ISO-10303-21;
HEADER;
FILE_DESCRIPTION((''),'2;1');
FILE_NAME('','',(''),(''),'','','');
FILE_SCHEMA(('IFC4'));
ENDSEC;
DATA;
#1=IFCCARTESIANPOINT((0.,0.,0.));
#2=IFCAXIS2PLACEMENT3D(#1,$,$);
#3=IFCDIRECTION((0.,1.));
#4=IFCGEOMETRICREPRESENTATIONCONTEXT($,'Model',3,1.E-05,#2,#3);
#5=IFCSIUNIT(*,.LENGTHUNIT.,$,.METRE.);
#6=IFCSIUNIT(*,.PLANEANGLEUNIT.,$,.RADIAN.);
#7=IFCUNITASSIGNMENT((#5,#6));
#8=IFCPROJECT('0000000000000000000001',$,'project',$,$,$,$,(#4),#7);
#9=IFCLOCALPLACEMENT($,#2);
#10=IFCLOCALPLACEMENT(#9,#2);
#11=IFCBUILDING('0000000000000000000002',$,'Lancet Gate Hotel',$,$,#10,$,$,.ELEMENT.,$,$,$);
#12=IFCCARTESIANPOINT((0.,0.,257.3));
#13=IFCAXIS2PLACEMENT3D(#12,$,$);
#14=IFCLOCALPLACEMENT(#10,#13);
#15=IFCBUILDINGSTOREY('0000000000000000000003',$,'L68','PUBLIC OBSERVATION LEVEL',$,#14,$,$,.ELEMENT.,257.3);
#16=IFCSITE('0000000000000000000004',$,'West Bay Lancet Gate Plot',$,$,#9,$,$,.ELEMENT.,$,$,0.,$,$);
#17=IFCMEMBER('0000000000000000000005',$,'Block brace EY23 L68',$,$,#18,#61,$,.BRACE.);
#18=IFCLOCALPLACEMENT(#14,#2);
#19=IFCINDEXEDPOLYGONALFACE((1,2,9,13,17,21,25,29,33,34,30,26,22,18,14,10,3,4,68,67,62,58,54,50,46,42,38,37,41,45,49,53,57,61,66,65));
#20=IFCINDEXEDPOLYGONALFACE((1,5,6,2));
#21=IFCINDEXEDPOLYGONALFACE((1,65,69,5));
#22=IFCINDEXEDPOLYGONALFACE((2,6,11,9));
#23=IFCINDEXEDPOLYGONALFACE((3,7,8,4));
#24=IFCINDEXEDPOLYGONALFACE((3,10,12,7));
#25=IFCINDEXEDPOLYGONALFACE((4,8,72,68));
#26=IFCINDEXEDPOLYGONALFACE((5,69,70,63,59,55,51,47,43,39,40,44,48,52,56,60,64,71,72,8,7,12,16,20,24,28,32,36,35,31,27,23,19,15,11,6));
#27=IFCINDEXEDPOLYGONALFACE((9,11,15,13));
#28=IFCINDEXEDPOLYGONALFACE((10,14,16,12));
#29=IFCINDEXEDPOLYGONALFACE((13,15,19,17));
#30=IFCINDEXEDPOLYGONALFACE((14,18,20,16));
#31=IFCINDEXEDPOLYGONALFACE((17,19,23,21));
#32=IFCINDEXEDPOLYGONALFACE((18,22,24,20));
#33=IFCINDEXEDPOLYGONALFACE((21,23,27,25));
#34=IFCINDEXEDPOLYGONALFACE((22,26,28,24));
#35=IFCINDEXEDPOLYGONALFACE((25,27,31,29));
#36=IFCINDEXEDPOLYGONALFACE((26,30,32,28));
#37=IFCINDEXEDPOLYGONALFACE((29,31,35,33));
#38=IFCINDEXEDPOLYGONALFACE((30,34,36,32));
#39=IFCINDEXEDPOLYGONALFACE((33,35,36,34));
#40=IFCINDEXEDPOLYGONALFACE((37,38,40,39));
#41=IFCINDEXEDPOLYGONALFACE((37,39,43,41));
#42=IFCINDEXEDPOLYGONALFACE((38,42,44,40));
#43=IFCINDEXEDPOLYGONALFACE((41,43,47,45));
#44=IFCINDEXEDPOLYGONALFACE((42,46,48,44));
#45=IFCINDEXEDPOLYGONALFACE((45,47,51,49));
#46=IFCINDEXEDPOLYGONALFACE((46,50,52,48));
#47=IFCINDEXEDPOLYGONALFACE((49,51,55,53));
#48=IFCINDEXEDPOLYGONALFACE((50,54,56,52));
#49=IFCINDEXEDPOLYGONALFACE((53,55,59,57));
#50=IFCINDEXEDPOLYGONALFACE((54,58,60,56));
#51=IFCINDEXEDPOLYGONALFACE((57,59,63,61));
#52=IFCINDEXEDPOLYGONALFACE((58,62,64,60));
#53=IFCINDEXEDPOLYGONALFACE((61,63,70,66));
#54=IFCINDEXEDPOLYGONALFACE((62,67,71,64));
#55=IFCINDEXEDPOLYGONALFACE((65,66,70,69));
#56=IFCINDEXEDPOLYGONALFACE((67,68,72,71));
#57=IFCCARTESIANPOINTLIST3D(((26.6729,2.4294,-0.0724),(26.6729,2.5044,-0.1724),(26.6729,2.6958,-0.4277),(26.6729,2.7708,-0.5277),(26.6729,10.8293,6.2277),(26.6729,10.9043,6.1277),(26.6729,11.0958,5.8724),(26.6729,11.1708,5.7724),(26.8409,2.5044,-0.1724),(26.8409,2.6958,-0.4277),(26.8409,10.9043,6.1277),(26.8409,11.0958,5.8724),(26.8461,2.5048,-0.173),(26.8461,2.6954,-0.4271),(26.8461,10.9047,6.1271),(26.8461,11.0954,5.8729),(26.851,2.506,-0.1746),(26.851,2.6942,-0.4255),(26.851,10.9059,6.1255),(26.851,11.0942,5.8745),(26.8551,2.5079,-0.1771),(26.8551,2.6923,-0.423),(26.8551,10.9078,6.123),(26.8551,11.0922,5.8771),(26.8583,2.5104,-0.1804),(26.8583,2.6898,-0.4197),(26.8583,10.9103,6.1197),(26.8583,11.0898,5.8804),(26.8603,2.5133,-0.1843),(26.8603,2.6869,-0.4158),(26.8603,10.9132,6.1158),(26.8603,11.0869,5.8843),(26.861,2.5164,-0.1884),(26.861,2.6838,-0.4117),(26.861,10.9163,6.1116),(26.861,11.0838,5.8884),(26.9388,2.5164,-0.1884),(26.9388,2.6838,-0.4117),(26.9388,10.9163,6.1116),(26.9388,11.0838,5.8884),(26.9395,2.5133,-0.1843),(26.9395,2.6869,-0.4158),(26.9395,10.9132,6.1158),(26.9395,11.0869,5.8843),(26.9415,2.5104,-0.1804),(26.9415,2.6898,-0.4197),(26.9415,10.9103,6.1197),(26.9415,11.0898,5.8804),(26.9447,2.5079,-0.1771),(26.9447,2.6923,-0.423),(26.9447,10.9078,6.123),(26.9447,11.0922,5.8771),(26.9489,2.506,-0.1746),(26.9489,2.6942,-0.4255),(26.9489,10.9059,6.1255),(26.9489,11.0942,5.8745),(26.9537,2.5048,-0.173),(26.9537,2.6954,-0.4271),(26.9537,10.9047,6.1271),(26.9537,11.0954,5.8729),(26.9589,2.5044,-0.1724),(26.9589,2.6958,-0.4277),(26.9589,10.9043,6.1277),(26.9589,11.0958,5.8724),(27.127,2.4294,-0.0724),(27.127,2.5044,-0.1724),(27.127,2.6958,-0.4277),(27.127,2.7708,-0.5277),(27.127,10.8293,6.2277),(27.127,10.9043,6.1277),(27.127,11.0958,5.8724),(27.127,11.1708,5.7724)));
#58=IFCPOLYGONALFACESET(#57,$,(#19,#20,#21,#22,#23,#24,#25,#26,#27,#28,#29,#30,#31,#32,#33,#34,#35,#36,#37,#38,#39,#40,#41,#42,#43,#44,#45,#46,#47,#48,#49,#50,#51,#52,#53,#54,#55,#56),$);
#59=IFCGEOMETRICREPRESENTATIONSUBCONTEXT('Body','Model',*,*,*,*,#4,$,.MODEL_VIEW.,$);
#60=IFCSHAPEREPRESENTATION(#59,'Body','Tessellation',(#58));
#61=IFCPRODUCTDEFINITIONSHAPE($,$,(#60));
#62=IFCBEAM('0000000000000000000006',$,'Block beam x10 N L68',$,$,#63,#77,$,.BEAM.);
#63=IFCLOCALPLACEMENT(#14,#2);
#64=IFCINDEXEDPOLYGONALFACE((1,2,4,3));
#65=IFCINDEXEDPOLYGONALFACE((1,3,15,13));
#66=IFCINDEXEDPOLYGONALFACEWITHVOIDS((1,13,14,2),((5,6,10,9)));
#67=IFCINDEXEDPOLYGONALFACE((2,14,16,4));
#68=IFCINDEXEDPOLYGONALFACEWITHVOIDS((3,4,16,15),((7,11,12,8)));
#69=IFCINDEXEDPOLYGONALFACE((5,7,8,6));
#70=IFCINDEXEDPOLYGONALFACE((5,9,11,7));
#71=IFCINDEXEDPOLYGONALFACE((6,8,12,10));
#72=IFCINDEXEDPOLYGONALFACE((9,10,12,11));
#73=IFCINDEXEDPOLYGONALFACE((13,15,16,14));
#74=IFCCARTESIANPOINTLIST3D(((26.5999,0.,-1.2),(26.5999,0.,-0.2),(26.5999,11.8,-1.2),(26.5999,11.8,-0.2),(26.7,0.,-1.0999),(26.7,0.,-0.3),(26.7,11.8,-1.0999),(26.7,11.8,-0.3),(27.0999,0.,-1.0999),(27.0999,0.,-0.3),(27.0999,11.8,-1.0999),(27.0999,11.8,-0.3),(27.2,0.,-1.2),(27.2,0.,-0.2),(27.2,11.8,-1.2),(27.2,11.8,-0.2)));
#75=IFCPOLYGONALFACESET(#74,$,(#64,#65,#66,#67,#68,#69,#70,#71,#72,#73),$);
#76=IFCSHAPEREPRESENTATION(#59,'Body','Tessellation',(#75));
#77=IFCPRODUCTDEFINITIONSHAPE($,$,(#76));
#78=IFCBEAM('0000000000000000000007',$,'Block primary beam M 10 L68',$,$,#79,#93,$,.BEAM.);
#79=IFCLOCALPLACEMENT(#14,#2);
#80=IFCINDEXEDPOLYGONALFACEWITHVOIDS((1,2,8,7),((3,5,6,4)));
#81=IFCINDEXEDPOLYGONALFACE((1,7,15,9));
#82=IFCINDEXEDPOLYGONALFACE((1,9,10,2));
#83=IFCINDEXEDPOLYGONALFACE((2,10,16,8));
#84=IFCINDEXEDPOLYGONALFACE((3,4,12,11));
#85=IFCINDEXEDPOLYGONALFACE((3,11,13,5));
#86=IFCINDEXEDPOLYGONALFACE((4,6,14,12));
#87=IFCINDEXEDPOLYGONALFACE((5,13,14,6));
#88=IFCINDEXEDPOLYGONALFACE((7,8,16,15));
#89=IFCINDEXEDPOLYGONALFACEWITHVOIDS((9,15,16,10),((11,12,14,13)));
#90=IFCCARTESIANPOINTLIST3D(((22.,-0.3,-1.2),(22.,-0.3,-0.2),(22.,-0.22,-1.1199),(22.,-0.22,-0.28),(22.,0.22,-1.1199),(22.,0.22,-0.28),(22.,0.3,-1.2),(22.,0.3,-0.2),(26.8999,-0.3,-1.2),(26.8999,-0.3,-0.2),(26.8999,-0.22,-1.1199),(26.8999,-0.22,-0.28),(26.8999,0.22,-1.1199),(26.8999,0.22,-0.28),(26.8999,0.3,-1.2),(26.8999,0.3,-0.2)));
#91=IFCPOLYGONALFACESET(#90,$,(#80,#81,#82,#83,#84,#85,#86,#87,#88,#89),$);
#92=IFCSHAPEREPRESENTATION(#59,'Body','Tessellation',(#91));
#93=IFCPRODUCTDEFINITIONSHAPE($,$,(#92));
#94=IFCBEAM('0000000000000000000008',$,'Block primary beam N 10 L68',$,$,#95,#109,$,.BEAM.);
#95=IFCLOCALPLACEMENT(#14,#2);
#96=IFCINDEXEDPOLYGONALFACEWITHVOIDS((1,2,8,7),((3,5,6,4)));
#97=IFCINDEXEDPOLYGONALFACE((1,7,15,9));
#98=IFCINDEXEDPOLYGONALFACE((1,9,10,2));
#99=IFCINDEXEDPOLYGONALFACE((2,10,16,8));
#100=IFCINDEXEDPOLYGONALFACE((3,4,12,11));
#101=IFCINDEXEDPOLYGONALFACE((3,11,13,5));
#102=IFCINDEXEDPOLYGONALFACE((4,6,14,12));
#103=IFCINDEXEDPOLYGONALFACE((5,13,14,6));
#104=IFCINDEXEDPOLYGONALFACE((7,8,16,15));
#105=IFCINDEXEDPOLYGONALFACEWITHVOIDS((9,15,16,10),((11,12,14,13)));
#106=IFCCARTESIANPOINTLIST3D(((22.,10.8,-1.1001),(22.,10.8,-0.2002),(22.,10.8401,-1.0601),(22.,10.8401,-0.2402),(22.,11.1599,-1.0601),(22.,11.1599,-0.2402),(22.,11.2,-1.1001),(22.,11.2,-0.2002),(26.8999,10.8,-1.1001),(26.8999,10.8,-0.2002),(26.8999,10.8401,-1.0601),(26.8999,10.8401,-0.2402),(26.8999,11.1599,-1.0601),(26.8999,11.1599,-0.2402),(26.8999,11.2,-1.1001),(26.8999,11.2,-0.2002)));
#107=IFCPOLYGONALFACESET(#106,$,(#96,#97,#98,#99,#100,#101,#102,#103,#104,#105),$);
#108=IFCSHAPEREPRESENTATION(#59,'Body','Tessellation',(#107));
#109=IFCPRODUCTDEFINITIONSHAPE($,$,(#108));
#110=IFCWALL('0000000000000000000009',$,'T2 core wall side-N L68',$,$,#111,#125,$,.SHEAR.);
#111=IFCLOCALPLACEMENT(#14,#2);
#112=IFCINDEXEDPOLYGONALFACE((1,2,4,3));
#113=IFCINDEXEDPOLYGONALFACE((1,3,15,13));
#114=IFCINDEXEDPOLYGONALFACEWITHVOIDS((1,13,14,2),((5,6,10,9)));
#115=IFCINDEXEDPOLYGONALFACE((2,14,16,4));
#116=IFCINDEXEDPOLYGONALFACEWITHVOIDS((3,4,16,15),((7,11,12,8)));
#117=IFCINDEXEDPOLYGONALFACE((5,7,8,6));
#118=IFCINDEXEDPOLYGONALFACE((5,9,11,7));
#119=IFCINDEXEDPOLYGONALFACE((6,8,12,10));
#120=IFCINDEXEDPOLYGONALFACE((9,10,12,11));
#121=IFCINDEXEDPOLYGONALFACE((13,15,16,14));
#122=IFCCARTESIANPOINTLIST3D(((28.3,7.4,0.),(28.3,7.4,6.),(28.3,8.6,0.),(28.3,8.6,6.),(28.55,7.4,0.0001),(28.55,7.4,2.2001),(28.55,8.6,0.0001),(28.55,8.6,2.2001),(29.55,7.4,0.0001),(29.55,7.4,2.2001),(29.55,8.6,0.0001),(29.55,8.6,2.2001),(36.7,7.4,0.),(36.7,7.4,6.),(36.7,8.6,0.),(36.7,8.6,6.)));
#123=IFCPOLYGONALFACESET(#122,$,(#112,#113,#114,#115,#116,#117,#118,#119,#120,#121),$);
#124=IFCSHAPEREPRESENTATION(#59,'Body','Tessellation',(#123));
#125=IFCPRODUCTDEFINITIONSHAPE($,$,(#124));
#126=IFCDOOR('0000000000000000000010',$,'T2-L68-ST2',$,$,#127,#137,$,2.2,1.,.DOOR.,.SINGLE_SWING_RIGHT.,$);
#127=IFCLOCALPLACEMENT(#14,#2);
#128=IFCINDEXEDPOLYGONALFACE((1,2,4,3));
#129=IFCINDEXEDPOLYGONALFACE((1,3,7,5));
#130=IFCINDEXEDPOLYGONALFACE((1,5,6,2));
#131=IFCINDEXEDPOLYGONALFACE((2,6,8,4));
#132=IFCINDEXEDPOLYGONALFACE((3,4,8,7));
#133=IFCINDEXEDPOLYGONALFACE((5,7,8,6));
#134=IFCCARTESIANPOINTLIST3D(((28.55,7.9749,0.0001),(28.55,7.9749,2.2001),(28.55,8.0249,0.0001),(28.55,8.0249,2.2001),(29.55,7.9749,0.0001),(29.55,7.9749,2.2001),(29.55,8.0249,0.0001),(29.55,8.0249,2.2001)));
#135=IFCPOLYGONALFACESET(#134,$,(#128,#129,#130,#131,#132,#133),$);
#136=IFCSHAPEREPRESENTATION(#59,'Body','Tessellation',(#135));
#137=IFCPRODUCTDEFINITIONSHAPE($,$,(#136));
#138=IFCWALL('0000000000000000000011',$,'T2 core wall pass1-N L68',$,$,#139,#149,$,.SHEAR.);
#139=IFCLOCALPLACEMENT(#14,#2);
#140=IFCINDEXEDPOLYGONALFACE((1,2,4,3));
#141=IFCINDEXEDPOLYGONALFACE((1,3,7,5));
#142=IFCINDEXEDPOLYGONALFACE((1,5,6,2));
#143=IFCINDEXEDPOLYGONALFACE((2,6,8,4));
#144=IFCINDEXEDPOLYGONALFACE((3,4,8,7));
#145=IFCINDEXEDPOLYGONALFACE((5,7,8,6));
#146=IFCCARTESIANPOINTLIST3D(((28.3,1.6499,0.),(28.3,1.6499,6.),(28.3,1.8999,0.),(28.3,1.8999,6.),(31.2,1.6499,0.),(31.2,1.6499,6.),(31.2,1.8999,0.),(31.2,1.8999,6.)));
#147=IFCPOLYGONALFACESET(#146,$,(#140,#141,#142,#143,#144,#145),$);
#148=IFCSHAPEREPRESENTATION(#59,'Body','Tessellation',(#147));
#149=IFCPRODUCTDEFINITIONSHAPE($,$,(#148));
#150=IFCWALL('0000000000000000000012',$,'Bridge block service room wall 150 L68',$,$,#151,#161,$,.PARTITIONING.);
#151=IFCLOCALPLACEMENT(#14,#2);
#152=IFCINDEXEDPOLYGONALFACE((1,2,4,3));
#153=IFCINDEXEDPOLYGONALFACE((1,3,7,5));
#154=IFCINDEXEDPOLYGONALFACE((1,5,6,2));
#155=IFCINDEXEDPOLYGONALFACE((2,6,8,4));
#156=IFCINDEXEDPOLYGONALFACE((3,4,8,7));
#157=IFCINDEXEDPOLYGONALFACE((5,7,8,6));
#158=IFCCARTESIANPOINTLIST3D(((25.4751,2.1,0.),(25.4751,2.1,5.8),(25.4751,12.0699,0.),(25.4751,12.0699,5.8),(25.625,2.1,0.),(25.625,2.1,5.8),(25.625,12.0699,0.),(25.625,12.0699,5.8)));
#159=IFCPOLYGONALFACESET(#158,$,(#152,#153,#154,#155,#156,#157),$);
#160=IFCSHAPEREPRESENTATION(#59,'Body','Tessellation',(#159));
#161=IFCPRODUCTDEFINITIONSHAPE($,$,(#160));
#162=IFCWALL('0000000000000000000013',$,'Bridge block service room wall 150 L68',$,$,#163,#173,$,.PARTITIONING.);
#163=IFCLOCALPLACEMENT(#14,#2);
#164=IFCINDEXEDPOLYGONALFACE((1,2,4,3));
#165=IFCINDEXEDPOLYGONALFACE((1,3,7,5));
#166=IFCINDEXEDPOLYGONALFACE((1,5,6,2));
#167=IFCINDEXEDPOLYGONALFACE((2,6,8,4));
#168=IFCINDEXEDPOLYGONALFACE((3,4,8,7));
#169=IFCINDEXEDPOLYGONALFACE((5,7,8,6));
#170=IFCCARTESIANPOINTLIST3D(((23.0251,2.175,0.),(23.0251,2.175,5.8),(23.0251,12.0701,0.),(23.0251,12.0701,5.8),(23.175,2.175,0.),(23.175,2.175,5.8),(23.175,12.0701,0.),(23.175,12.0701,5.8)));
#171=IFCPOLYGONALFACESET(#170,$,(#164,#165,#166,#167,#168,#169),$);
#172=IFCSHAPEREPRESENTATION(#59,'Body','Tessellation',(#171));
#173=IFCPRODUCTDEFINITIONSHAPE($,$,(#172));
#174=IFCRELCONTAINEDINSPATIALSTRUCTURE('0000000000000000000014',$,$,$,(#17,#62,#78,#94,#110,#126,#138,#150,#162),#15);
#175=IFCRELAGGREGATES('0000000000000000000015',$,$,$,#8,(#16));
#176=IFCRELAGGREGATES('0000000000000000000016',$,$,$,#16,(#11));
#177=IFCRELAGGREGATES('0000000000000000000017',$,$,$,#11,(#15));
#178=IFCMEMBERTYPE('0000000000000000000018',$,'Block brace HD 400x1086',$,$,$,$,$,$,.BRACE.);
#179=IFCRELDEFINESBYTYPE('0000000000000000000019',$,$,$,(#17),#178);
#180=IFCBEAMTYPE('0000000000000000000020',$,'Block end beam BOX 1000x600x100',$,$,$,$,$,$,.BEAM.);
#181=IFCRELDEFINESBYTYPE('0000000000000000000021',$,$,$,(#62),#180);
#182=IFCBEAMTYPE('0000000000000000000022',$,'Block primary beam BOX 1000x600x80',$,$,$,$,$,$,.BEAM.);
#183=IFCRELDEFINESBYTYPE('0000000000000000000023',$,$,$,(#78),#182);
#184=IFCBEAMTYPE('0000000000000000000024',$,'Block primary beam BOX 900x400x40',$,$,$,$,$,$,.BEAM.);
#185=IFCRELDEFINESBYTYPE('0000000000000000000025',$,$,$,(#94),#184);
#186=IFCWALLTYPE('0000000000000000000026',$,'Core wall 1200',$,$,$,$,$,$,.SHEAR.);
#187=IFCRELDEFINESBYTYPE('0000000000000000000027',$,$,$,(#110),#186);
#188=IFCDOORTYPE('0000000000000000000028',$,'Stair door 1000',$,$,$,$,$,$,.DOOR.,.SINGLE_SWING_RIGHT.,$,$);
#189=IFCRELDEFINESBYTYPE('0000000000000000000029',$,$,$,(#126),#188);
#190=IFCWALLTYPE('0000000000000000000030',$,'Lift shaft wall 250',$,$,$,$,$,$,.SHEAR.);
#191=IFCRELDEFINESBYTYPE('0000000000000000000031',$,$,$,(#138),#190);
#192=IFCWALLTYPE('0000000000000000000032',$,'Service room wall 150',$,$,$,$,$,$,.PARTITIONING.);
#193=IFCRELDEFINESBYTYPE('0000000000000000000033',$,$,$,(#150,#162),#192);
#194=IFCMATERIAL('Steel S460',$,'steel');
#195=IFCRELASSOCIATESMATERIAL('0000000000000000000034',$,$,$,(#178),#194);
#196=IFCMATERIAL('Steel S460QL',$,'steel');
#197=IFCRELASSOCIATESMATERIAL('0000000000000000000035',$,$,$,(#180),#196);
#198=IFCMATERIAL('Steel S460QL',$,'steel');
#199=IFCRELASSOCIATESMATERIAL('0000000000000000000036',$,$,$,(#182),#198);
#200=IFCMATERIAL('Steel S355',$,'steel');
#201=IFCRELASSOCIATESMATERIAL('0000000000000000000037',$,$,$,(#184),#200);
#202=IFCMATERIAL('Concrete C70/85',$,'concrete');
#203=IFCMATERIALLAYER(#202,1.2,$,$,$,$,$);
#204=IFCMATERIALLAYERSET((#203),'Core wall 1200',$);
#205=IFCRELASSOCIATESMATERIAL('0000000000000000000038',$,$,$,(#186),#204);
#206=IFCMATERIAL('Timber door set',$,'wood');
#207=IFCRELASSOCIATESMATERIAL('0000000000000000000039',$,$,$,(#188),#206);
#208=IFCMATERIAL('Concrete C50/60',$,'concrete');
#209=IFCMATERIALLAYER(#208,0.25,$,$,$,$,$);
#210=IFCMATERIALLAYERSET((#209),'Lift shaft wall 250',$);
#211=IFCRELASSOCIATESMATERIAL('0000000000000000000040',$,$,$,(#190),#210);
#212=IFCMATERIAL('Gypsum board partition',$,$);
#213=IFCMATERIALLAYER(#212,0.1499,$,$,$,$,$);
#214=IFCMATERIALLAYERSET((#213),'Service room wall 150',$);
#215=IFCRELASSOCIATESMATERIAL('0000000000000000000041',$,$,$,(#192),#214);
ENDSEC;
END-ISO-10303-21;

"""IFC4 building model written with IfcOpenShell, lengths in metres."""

from ifc_helpers import new_model, si_unit, direction, frame, frame_2d, origin, origin_2d, place, context, subcontext, project, spatial, rectangle, hollow_rectangle, i_section, extrude, material, layer, layer_set, material_profile, profile_set, type_object, element, fill, save


model = new_model("IFC4")

# Units and contexts
model_context = context("Model", 3, precision=1e-05, world=origin(), true_north=direction((0.0, 1.0)))
body_context = subcontext(model_context, "Body", "Model", "MODEL_VIEW")
ifc_project = project(units=[si_unit("LENGTHUNIT", "METRE"), si_unit("PLANEANGLEUNIT", "RADIAN")], contexts=[model_context])

# Site, building, storey
site_placement = place(None, origin())
site = spatial("IfcSite", under=ifc_project, at=site_placement, Name="West Bay Lancet Gate Plot", CompositionType="ELEMENT", RefElevation=0.0)
building_placement = place(site_placement, origin())
building = spatial("IfcBuilding", under=site, at=building_placement, Name="Lancet Gate Hotel", CompositionType="ELEMENT")
storey_placement = place(building_placement, frame((0.0, 0.0, 257.3)))
storey = spatial("IfcBuildingStorey", under=building, at=storey_placement, Name="L68", Description="PUBLIC OBSERVATION LEVEL", CompositionType="ELEMENT", Elevation=257.3)

# Member
ifc_material_1 = material(Name="Steel S460", Category="steel")
ifc_material_profile_1 = material_profile(ifc_material_1, i_section(OverallWidth=0.4541, OverallDepth=0.5691, WebThickness=0.0779, FlangeThickness=0.125, FilletRadius=0.02, at=origin_2d()), Name="HD 400x1086")
ifc_profile_set_1 = profile_set([ifc_material_profile_1], Name="Steel S460")
member_type_1 = type_object("IfcMemberType", Name="Block brace HD 400x1086", PredefinedType="BRACE", material=ifc_profile_set_1)
member_1_placement = place(storey_placement, frame((26.8999, 2.6001, -0.3), z_axis=(0.0, 0.799994, 0.600007), x_axis=(-1.0, 0.0, 0.0)))
element("IfcMember", 1, at=member_1_placement, inside=storey, type_object=member_type_1, Name="Block brace EY23 L68", PredefinedType="BRACE", context=body_context, shape_type="SweptSolid", body=[
    extrude(i_section(OverallWidth=0.4541, OverallDepth=0.5691, WebThickness=0.0779, FlangeThickness=0.125, FilletRadius=0.02, at=origin_2d()), origin(), (0.0, 0.0, 1.0), 10.5),
])

# Beams
ifc_material_2 = material(Name="Steel S460QL", Category="steel")
ifc_material_profile_2 = material_profile(ifc_material_2, hollow_rectangle(XDim=0.6001, YDim=1.0, WallThickness=0.1001, at=origin_2d()), Name="BOX 1000x600x100")
ifc_profile_set_2 = profile_set([ifc_material_profile_2], Name="Steel S460QL")
beam_type_1 = type_object("IfcBeamType", Name="Block end beam BOX 1000x600x100", PredefinedType="BEAM", material=ifc_profile_set_2)
beam_1_placement = place(storey_placement, frame((26.8999, 0.0, -0.7), z_axis=(0.0, 1.0, 0.0), x_axis=(-1.0, 0.0, 0.0)))
element("IfcBeam", 2, at=beam_1_placement, inside=storey, type_object=beam_type_1, Name="Block beam x10 N L68", PredefinedType="BEAM", context=body_context, shape_type="SweptSolid", body=[
    extrude(hollow_rectangle(XDim=0.6001, YDim=1.0, WallThickness=0.1001, at=origin_2d()), origin(), (0.0, 0.0, 1.0), 11.8),
])
ifc_material_3 = material(Name="Steel S460QL", Category="steel")
ifc_material_profile_3 = material_profile(ifc_material_3, hollow_rectangle(XDim=0.6001, YDim=1.0, WallThickness=0.0801, at=origin_2d()), Name="BOX 1000x600x80")
ifc_profile_set_3 = profile_set([ifc_material_profile_3], Name="Steel S460QL")
beam_type_2 = type_object("IfcBeamType", Name="Block primary beam BOX 1000x600x80", PredefinedType="BEAM", material=ifc_profile_set_3)
beam_2_placement = place(storey_placement, frame((22.0, 0.0, -0.7), z_axis=(1.0, 0.0, 0.0), x_axis=(0.0, 1.0, 0.0)))
element("IfcBeam", 3, at=beam_2_placement, inside=storey, type_object=beam_type_2, Name="Block primary beam M 10 L68", PredefinedType="BEAM", context=body_context, shape_type="SweptSolid", body=[
    extrude(hollow_rectangle(XDim=0.6001, YDim=1.0, WallThickness=0.0801, at=origin_2d()), origin(), (0.0, 0.0, 1.0), 4.8999),
])
ifc_material_4 = material(Name="Steel S355", Category="steel")
ifc_material_profile_4 = material_profile(ifc_material_4, hollow_rectangle(XDim=0.3999, YDim=0.8999, WallThickness=0.04, at=origin_2d()), Name="BOX 900x400x40")
ifc_profile_set_4 = profile_set([ifc_material_profile_4], Name="Steel S355")
beam_type_3 = type_object("IfcBeamType", Name="Block primary beam BOX 900x400x40", PredefinedType="BEAM", material=ifc_profile_set_4)
beam_3_placement = place(storey_placement, frame((22.0, 11.0, -0.6501), z_axis=(1.0, 0.0, 0.0), x_axis=(0.0, 1.0, 0.0)))
element("IfcBeam", 4, at=beam_3_placement, inside=storey, type_object=beam_type_3, Name="Block primary beam N 10 L68", PredefinedType="BEAM", context=body_context, shape_type="SweptSolid", body=[
    extrude(hollow_rectangle(XDim=0.3999, YDim=0.8999, WallThickness=0.04, at=origin_2d()), origin(), (0.0, 0.0, 1.0), 4.8999),
])

# Wall, opening, door
ifc_material_5 = material(Name="Concrete C70/85", Category="concrete")
ifc_layer_1 = layer(ifc_material_5, 1.2)
ifc_layer_set_1 = layer_set([ifc_layer_1], Name="Core wall 1200")
wall_type_1 = type_object("IfcWallType", Name="Core wall 1200", PredefinedType="SHEAR", material=ifc_layer_set_1)
wall_1_placement = place(storey_placement, frame((28.3, 8.0, 0.0), z_axis=(0.0, 0.0, 1.0), x_axis=(1.0, 0.0, 0.0)))
wall_1 = element("IfcWall", 5, at=wall_1_placement, inside=storey, type_object=wall_type_1, Name="T2 core wall side-N L68", PredefinedType="SHEAR", context=body_context, shape_type="SweptSolid", body=[
    extrude(rectangle(XDim=8.3999, YDim=1.2, at=frame_2d((4.2, 0.0))), origin(), (0.0, 0.0, 1.0), 6.0),
])
opening_placement = place(wall_1_placement, frame((0.25, 0.0, 0.0)))
opening = element("IfcOpeningElement", 6, at=opening_placement, cuts=wall_1, PredefinedType="OPENING", context=body_context, shape_type="SweptSolid", body=[
    extrude(rectangle(XDim=1.0, YDim=2.2, at=frame_2d((0.5, 1.1001))), frame((0.0, 0.6099, 0.0), z_axis=(0.0, -1.0, 0.0), x_axis=(1.0, 0.0, 0.0)), (0.0, 0.0, 1.0), 1.22),
])
ifc_material_6 = material(Name="Timber door set", Category="wood")
door_type = type_object("IfcDoorType", Name="Stair door 1000", OperationType="SINGLE_SWING_RIGHT", PredefinedType="DOOR", material=ifc_material_6)
door_placement = place(opening_placement, origin())
door = element("IfcDoor", 7, at=door_placement, inside=storey, type_object=door_type, Name="T2-L68-ST2", OperationType="SINGLE_SWING_RIGHT", OverallHeight=2.2, OverallWidth=1.0, PredefinedType="DOOR", context=body_context, shape_type="SweptSolid", body=[
    extrude(rectangle(XDim=1.0, YDim=2.2, at=frame_2d((0.5, 1.1001))), frame((0.0, 0.0249, 0.0), z_axis=(0.0, -1.0, 0.0), x_axis=(1.0, 0.0, 0.0)), (0.0, 0.0, 1.0), 0.05),
])
fill(opening, door)

# Walls
ifc_material_7 = material(Name="Concrete C50/60", Category="concrete")
ifc_layer_2 = layer(ifc_material_7, 0.25)
ifc_layer_set_2 = layer_set([ifc_layer_2], Name="Lift shaft wall 250")
wall_type_2 = type_object("IfcWallType", Name="Lift shaft wall 250", PredefinedType="SHEAR", material=ifc_layer_set_2)
wall_2_placement = place(storey_placement, frame((28.3, 1.7749, 0.0), z_axis=(0.0, 0.0, 1.0), x_axis=(1.0, 0.0, 0.0)))
element("IfcWall", 8, at=wall_2_placement, inside=storey, type_object=wall_type_2, Name="T2 core wall pass1-N L68", PredefinedType="SHEAR", context=body_context, shape_type="SweptSolid", body=[
    extrude(rectangle(XDim=2.8999, YDim=0.25, at=frame_2d((1.45, 0.0))), origin(), (0.0, 0.0, 1.0), 6.0),
])
ifc_material_8 = material(Name="Gypsum board partition")
ifc_layer_3 = layer(ifc_material_8, 0.1499)
ifc_layer_set_3 = layer_set([ifc_layer_3], Name="Service room wall 150")
wall_type_3 = type_object("IfcWallType", Name="Service room wall 150", PredefinedType="PARTITIONING", material=ifc_layer_set_3)
wall_3_placement = place(storey_placement, frame((25.55, 2.1001, 0.0), z_axis=(0.0, 0.0, 1.0), x_axis=(0.0, 1.0, 0.0)))
element("IfcWall", 9, at=wall_3_placement, inside=storey, type_object=wall_type_3, Name="Bridge block service room wall 150 L68", PredefinedType="PARTITIONING", context=body_context, shape_type="SweptSolid", body=[
    extrude(rectangle(XDim=9.97, YDim=0.1499, at=frame_2d((4.9849, 0.0))), origin(), (0.0, 0.0, 1.0), 5.8),
])
wall_4_placement = place(storey_placement, frame((23.1001, 2.175, 0.0), z_axis=(0.0, 0.0, 1.0), x_axis=(0.0, 1.0, 0.0)))
element("IfcWall", 10, at=wall_4_placement, inside=storey, type_object=wall_type_3, Name="Bridge block service room wall 150 L68", PredefinedType="PARTITIONING", context=body_context, shape_type="SweptSolid", body=[
    extrude(rectangle(XDim=9.895, YDim=0.1499, at=frame_2d((4.9475, 0.0))), origin(), (0.0, 0.0, 1.0), 5.8),
])

save(model, "model.ifc")
